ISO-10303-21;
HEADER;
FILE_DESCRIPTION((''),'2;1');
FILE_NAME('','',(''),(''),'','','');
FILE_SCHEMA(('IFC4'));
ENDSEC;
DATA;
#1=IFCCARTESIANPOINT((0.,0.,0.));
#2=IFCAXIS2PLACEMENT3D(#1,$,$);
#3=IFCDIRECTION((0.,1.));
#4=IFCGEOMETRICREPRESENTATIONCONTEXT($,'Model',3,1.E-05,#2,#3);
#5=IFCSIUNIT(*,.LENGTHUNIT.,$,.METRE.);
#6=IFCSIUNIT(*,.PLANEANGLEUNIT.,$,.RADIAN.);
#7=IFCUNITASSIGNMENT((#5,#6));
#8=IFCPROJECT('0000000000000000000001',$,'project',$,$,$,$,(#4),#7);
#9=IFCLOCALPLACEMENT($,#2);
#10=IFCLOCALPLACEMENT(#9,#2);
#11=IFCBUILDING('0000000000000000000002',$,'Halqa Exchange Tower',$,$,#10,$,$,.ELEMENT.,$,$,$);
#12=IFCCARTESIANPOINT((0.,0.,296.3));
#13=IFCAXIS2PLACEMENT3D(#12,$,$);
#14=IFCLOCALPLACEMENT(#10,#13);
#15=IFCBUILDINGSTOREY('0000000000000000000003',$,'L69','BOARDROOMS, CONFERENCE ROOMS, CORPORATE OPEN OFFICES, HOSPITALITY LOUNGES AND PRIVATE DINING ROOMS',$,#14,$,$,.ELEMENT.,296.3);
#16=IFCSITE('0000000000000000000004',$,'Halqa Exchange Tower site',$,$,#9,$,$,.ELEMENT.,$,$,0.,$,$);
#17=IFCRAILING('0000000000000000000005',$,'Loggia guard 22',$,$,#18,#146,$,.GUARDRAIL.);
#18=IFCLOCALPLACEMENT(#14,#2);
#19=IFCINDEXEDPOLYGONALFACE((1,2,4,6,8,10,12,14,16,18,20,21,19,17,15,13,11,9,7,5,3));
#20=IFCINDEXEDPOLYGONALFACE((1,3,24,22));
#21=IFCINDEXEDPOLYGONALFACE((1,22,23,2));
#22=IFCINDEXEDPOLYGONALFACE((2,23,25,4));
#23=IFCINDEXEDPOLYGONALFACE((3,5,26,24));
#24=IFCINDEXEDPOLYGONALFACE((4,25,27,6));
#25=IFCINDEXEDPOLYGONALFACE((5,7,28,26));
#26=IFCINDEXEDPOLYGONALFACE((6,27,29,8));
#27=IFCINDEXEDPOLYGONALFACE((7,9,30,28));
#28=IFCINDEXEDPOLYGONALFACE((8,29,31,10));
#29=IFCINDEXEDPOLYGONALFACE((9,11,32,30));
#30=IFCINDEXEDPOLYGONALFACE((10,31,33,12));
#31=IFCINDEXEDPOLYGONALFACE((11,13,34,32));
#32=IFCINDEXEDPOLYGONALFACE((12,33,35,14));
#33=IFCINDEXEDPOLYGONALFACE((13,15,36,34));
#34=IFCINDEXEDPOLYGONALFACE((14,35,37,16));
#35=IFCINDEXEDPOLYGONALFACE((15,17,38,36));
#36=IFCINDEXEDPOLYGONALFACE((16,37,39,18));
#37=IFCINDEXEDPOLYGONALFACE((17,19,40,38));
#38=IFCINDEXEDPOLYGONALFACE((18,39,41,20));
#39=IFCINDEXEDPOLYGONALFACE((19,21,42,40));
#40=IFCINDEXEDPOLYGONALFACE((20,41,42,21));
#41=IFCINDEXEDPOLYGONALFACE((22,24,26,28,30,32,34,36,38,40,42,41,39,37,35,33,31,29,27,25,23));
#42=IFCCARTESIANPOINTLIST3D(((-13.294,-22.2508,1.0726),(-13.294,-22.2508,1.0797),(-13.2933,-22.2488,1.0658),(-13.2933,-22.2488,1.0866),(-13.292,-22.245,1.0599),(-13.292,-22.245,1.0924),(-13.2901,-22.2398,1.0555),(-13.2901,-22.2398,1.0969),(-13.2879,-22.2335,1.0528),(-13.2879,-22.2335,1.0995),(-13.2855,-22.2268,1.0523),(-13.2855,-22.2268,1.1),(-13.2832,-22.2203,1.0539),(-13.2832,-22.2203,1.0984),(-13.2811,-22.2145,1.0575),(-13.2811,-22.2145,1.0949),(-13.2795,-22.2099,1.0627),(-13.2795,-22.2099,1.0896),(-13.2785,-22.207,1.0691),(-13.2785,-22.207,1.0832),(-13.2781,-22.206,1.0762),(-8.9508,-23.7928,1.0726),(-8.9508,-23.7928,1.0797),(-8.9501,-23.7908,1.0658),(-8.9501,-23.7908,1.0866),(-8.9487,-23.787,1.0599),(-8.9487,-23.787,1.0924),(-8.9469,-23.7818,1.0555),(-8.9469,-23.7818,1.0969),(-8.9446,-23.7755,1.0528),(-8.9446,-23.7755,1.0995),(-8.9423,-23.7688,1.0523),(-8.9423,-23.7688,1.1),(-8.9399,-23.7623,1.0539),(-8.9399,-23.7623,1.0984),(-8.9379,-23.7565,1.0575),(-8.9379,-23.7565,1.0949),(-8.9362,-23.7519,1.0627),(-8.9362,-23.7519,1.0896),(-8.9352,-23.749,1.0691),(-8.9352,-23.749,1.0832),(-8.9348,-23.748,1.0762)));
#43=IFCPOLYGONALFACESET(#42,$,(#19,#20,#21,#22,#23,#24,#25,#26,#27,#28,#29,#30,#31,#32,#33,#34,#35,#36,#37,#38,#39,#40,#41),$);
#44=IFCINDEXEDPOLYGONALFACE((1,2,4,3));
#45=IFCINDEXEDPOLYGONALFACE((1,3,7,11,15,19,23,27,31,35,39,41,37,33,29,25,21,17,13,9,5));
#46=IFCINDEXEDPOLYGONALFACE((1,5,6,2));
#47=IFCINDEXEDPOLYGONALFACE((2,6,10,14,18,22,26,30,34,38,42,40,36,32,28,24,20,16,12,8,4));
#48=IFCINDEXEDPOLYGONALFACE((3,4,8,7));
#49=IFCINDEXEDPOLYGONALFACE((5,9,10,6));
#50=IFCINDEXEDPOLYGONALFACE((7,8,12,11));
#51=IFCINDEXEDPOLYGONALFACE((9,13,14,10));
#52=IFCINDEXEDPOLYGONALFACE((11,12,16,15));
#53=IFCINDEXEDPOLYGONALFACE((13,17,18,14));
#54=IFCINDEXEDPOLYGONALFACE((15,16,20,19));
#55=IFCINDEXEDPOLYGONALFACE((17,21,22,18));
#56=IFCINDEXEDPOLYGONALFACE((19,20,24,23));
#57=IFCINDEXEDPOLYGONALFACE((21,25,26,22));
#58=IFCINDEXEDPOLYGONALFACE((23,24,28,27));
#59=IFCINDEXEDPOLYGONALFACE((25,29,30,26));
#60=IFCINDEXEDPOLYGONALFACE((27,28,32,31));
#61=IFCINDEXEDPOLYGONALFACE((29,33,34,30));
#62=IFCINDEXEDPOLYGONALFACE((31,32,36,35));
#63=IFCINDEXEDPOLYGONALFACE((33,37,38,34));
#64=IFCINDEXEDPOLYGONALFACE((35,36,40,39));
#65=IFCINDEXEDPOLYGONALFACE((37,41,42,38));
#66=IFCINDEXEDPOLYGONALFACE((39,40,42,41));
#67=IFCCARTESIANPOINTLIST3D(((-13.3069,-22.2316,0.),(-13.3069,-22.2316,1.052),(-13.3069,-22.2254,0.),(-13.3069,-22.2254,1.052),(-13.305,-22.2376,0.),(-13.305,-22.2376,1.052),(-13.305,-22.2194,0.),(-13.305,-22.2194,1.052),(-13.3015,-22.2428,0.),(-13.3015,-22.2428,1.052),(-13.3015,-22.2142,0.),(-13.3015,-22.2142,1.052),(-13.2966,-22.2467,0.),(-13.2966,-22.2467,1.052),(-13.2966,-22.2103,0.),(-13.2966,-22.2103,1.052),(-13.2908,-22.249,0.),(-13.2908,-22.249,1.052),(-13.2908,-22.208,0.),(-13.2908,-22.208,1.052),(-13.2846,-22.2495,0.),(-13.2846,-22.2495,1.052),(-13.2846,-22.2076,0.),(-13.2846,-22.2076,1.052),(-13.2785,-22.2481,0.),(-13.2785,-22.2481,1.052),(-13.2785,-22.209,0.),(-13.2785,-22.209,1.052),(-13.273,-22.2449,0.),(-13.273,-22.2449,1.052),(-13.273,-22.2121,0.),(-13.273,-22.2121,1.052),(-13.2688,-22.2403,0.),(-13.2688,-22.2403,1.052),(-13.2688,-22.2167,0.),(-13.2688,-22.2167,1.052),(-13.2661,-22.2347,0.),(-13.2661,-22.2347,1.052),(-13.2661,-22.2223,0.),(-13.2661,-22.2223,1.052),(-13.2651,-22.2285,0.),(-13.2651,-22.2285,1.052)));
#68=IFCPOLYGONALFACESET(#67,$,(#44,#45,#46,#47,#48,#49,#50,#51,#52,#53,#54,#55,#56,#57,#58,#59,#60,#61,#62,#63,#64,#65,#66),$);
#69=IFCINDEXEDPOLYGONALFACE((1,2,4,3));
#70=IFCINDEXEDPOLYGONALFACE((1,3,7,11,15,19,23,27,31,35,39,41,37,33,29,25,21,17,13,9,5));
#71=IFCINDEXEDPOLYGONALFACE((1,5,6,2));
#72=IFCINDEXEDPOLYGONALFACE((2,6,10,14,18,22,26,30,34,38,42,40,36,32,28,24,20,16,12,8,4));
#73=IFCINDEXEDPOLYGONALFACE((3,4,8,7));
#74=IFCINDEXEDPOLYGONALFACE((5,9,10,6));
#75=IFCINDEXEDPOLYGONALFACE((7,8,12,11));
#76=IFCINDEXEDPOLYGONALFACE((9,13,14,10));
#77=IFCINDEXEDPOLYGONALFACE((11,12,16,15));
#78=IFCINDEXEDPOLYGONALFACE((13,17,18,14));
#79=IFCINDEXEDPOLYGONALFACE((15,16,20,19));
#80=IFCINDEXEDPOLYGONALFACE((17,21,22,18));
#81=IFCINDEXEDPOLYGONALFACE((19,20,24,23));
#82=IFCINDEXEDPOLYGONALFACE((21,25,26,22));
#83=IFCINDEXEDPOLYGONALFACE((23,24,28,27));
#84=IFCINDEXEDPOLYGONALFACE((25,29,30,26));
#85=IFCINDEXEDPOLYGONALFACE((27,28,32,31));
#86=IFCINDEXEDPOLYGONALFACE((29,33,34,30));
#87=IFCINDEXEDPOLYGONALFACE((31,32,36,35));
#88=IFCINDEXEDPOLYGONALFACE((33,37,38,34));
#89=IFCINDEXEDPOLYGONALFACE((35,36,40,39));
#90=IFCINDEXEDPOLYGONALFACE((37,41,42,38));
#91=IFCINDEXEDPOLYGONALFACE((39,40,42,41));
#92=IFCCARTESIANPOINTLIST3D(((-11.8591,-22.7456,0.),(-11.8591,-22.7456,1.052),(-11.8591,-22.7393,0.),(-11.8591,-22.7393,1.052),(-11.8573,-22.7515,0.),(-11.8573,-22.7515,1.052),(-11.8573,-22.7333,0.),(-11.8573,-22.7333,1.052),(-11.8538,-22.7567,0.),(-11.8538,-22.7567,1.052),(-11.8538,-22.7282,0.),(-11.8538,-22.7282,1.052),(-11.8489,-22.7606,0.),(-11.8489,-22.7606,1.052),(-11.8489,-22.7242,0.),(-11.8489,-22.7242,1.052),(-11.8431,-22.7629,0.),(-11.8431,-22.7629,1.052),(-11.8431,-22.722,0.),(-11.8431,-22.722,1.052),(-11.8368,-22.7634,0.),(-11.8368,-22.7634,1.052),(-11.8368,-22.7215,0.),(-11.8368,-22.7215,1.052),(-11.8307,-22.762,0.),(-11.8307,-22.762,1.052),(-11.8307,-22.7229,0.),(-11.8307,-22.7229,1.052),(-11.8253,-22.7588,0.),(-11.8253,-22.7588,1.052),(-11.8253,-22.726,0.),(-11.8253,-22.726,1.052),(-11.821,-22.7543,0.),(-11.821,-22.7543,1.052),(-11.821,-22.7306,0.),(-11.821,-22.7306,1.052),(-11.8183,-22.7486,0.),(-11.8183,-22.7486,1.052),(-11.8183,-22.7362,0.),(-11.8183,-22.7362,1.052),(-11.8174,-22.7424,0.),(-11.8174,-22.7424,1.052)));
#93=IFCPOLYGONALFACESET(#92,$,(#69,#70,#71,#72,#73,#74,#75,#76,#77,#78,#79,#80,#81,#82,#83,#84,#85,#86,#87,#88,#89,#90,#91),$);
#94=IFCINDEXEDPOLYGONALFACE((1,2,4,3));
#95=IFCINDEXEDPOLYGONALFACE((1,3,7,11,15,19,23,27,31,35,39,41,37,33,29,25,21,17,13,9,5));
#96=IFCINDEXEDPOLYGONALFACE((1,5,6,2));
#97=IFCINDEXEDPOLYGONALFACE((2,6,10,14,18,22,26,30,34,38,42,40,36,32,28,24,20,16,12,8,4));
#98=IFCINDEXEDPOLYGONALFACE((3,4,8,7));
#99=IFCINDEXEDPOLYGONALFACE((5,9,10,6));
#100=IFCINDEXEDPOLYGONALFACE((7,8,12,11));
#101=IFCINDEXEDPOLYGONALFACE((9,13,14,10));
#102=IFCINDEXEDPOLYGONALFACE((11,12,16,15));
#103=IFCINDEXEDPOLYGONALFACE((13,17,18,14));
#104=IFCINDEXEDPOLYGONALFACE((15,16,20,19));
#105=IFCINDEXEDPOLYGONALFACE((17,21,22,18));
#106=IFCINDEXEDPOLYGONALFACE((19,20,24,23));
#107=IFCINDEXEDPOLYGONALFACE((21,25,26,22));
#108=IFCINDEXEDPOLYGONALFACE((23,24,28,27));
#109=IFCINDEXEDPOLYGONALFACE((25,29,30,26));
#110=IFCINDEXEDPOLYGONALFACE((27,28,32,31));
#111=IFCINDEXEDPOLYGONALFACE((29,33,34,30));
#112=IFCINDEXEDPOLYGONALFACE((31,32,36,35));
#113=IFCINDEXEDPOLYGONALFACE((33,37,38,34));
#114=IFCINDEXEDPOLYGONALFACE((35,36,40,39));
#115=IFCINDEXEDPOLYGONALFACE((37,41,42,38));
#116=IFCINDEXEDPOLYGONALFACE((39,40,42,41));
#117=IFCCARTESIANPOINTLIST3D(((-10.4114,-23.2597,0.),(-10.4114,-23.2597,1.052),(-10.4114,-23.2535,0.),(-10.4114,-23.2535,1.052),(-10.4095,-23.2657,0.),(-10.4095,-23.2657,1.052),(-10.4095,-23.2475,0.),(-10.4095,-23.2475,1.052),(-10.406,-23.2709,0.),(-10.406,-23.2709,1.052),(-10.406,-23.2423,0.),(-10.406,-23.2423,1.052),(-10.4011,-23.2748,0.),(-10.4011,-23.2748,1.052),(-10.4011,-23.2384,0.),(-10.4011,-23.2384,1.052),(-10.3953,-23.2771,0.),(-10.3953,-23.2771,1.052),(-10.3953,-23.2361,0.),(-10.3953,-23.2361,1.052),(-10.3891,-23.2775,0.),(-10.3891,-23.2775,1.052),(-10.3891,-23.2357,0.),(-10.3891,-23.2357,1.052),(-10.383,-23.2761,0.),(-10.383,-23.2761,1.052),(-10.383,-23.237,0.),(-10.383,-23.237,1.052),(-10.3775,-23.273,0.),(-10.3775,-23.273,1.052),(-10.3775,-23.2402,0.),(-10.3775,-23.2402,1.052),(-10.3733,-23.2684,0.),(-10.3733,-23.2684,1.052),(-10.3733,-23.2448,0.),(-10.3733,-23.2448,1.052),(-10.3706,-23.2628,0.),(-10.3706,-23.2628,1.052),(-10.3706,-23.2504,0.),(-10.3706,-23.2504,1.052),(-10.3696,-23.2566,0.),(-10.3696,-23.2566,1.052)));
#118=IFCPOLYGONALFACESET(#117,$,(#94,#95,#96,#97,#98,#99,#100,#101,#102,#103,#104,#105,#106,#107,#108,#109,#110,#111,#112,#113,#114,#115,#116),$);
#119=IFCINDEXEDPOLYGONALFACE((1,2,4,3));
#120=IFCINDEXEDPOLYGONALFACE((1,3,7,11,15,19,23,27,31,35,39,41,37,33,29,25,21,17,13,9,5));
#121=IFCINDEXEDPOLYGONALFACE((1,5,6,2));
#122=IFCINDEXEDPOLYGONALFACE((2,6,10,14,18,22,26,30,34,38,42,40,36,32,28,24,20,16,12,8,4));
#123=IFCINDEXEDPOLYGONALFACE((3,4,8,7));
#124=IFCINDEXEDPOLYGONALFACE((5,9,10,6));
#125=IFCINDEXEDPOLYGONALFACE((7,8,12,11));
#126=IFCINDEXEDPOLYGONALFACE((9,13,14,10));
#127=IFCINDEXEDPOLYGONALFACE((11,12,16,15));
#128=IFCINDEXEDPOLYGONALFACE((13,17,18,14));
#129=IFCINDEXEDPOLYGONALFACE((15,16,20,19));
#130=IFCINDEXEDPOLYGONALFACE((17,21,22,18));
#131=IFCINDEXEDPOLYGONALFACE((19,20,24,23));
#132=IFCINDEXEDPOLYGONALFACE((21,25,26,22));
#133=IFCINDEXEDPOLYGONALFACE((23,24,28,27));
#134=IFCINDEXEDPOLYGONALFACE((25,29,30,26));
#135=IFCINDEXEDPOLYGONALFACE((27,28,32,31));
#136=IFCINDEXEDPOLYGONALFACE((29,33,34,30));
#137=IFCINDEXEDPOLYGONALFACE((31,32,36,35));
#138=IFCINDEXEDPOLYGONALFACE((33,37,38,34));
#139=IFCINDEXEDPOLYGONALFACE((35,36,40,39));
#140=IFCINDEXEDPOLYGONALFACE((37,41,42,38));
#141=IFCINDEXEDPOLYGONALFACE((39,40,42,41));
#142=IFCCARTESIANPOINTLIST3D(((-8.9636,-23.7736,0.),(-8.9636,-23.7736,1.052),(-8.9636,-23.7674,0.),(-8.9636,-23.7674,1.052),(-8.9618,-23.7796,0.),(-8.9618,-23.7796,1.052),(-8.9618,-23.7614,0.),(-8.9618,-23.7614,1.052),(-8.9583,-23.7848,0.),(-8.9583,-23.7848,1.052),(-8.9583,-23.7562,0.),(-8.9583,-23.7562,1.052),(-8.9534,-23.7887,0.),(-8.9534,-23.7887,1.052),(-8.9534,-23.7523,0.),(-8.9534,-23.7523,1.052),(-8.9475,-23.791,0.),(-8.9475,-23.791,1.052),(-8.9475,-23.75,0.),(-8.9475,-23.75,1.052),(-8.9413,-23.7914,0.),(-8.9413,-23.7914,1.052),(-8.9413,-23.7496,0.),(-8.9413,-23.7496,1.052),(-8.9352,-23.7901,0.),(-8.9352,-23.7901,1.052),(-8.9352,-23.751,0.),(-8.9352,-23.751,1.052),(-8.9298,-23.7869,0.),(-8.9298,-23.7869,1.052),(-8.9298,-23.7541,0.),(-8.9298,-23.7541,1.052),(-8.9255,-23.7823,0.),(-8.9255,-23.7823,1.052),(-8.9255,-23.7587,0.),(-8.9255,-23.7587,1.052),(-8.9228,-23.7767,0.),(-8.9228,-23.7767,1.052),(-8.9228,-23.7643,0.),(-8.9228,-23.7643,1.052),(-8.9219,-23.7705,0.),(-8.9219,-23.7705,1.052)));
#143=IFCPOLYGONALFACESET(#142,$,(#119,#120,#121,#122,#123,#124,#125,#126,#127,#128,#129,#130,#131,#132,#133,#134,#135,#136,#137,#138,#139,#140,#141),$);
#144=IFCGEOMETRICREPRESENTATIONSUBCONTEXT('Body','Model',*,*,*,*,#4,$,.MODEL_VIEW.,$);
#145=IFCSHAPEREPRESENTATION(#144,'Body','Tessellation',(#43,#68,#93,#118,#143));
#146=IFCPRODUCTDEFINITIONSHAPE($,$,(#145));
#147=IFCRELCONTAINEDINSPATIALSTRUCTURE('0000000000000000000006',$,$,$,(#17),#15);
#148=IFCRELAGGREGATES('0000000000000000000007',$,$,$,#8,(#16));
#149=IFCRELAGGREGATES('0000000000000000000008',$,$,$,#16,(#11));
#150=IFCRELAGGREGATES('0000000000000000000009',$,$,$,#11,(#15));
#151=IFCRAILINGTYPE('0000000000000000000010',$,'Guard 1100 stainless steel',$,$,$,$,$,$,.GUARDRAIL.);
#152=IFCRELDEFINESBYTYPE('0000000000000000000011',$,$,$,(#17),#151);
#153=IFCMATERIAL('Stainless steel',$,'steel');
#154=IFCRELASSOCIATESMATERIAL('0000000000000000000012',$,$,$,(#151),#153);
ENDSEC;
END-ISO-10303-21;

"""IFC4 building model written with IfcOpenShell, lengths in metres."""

from ifc_helpers import new_model, si_unit, direction, frame, origin, origin_2d, place, context, subcontext, project, spatial, circle, extrude, material, type_object, element, save


model = new_model("IFC4")

# Units and contexts
model_context = context("Model", 3, precision=1e-05, world=origin(), true_north=direction((0.0, 1.0)))
body_context = subcontext(model_context, "Body", "Model", "MODEL_VIEW")
ifc_project = project(units=[si_unit("LENGTHUNIT", "METRE"), si_unit("PLANEANGLEUNIT", "RADIAN")], contexts=[model_context])

# Site, building, storey
site_placement = place(None, origin())
site = spatial("IfcSite", under=ifc_project, at=site_placement, Name="Halqa Exchange Tower site", CompositionType="ELEMENT", RefElevation=0.0)
building_placement = place(site_placement, origin())
building = spatial("IfcBuilding", under=site, at=building_placement, Name="Halqa Exchange Tower", CompositionType="ELEMENT")
storey_placement = place(building_placement, frame((0.0, 0.0, 296.3)))
storey = spatial("IfcBuildingStorey", under=building, at=storey_placement, Name="L69", Description="BOARDROOMS, CONFERENCE ROOMS, CORPORATE OPEN OFFICES, HOSPITALITY LOUNGES AND PRIVATE DINING ROOMS", CompositionType="ELEMENT", Elevation=296.3)

# Railing
ifc_material_1 = material(Name="Stainless steel", Category="steel")
railing_type = type_object("IfcRailingType", Name="Guard 1100 stainless steel", PredefinedType="GUARDRAIL", material=ifc_material_1)
railing_1_placement = place(storey_placement, frame((-13.2861, -22.2285, 0.0)))
element("IfcRailing", 1, at=railing_1_placement, inside=storey, type_object=railing_type, Name="Loggia guard 22", PredefinedType="GUARDRAIL", context=body_context, shape_type="SweptSolid", body=[
    extrude(circle(Radius=0.0239, at=origin_2d()), frame((0.0, 0.0, 1.0762), z_axis=(0.942371, -0.334571, 0.0), x_axis=(0.334571, 0.942371, 0.0)), (0.0, 0.0, 1.0), 4.6089),
    extrude(circle(Radius=0.021, at=origin_2d()), origin(), (0.0, 0.0, 1.0), 1.052),
    extrude(circle(Radius=0.021, at=origin_2d()), frame((1.4478, -0.5139, 0.0)), (0.0, 0.0, 1.0), 1.052),
    extrude(circle(Radius=0.021, at=origin_2d()), frame((2.8955, -1.0281, 0.0)), (0.0, 0.0, 1.0), 1.052),
    extrude(circle(Radius=0.021, at=origin_2d()), frame((4.3433, -1.542, 0.0)), (0.0, 0.0, 1.0), 1.052),
])

save(model, "model.ifc")
